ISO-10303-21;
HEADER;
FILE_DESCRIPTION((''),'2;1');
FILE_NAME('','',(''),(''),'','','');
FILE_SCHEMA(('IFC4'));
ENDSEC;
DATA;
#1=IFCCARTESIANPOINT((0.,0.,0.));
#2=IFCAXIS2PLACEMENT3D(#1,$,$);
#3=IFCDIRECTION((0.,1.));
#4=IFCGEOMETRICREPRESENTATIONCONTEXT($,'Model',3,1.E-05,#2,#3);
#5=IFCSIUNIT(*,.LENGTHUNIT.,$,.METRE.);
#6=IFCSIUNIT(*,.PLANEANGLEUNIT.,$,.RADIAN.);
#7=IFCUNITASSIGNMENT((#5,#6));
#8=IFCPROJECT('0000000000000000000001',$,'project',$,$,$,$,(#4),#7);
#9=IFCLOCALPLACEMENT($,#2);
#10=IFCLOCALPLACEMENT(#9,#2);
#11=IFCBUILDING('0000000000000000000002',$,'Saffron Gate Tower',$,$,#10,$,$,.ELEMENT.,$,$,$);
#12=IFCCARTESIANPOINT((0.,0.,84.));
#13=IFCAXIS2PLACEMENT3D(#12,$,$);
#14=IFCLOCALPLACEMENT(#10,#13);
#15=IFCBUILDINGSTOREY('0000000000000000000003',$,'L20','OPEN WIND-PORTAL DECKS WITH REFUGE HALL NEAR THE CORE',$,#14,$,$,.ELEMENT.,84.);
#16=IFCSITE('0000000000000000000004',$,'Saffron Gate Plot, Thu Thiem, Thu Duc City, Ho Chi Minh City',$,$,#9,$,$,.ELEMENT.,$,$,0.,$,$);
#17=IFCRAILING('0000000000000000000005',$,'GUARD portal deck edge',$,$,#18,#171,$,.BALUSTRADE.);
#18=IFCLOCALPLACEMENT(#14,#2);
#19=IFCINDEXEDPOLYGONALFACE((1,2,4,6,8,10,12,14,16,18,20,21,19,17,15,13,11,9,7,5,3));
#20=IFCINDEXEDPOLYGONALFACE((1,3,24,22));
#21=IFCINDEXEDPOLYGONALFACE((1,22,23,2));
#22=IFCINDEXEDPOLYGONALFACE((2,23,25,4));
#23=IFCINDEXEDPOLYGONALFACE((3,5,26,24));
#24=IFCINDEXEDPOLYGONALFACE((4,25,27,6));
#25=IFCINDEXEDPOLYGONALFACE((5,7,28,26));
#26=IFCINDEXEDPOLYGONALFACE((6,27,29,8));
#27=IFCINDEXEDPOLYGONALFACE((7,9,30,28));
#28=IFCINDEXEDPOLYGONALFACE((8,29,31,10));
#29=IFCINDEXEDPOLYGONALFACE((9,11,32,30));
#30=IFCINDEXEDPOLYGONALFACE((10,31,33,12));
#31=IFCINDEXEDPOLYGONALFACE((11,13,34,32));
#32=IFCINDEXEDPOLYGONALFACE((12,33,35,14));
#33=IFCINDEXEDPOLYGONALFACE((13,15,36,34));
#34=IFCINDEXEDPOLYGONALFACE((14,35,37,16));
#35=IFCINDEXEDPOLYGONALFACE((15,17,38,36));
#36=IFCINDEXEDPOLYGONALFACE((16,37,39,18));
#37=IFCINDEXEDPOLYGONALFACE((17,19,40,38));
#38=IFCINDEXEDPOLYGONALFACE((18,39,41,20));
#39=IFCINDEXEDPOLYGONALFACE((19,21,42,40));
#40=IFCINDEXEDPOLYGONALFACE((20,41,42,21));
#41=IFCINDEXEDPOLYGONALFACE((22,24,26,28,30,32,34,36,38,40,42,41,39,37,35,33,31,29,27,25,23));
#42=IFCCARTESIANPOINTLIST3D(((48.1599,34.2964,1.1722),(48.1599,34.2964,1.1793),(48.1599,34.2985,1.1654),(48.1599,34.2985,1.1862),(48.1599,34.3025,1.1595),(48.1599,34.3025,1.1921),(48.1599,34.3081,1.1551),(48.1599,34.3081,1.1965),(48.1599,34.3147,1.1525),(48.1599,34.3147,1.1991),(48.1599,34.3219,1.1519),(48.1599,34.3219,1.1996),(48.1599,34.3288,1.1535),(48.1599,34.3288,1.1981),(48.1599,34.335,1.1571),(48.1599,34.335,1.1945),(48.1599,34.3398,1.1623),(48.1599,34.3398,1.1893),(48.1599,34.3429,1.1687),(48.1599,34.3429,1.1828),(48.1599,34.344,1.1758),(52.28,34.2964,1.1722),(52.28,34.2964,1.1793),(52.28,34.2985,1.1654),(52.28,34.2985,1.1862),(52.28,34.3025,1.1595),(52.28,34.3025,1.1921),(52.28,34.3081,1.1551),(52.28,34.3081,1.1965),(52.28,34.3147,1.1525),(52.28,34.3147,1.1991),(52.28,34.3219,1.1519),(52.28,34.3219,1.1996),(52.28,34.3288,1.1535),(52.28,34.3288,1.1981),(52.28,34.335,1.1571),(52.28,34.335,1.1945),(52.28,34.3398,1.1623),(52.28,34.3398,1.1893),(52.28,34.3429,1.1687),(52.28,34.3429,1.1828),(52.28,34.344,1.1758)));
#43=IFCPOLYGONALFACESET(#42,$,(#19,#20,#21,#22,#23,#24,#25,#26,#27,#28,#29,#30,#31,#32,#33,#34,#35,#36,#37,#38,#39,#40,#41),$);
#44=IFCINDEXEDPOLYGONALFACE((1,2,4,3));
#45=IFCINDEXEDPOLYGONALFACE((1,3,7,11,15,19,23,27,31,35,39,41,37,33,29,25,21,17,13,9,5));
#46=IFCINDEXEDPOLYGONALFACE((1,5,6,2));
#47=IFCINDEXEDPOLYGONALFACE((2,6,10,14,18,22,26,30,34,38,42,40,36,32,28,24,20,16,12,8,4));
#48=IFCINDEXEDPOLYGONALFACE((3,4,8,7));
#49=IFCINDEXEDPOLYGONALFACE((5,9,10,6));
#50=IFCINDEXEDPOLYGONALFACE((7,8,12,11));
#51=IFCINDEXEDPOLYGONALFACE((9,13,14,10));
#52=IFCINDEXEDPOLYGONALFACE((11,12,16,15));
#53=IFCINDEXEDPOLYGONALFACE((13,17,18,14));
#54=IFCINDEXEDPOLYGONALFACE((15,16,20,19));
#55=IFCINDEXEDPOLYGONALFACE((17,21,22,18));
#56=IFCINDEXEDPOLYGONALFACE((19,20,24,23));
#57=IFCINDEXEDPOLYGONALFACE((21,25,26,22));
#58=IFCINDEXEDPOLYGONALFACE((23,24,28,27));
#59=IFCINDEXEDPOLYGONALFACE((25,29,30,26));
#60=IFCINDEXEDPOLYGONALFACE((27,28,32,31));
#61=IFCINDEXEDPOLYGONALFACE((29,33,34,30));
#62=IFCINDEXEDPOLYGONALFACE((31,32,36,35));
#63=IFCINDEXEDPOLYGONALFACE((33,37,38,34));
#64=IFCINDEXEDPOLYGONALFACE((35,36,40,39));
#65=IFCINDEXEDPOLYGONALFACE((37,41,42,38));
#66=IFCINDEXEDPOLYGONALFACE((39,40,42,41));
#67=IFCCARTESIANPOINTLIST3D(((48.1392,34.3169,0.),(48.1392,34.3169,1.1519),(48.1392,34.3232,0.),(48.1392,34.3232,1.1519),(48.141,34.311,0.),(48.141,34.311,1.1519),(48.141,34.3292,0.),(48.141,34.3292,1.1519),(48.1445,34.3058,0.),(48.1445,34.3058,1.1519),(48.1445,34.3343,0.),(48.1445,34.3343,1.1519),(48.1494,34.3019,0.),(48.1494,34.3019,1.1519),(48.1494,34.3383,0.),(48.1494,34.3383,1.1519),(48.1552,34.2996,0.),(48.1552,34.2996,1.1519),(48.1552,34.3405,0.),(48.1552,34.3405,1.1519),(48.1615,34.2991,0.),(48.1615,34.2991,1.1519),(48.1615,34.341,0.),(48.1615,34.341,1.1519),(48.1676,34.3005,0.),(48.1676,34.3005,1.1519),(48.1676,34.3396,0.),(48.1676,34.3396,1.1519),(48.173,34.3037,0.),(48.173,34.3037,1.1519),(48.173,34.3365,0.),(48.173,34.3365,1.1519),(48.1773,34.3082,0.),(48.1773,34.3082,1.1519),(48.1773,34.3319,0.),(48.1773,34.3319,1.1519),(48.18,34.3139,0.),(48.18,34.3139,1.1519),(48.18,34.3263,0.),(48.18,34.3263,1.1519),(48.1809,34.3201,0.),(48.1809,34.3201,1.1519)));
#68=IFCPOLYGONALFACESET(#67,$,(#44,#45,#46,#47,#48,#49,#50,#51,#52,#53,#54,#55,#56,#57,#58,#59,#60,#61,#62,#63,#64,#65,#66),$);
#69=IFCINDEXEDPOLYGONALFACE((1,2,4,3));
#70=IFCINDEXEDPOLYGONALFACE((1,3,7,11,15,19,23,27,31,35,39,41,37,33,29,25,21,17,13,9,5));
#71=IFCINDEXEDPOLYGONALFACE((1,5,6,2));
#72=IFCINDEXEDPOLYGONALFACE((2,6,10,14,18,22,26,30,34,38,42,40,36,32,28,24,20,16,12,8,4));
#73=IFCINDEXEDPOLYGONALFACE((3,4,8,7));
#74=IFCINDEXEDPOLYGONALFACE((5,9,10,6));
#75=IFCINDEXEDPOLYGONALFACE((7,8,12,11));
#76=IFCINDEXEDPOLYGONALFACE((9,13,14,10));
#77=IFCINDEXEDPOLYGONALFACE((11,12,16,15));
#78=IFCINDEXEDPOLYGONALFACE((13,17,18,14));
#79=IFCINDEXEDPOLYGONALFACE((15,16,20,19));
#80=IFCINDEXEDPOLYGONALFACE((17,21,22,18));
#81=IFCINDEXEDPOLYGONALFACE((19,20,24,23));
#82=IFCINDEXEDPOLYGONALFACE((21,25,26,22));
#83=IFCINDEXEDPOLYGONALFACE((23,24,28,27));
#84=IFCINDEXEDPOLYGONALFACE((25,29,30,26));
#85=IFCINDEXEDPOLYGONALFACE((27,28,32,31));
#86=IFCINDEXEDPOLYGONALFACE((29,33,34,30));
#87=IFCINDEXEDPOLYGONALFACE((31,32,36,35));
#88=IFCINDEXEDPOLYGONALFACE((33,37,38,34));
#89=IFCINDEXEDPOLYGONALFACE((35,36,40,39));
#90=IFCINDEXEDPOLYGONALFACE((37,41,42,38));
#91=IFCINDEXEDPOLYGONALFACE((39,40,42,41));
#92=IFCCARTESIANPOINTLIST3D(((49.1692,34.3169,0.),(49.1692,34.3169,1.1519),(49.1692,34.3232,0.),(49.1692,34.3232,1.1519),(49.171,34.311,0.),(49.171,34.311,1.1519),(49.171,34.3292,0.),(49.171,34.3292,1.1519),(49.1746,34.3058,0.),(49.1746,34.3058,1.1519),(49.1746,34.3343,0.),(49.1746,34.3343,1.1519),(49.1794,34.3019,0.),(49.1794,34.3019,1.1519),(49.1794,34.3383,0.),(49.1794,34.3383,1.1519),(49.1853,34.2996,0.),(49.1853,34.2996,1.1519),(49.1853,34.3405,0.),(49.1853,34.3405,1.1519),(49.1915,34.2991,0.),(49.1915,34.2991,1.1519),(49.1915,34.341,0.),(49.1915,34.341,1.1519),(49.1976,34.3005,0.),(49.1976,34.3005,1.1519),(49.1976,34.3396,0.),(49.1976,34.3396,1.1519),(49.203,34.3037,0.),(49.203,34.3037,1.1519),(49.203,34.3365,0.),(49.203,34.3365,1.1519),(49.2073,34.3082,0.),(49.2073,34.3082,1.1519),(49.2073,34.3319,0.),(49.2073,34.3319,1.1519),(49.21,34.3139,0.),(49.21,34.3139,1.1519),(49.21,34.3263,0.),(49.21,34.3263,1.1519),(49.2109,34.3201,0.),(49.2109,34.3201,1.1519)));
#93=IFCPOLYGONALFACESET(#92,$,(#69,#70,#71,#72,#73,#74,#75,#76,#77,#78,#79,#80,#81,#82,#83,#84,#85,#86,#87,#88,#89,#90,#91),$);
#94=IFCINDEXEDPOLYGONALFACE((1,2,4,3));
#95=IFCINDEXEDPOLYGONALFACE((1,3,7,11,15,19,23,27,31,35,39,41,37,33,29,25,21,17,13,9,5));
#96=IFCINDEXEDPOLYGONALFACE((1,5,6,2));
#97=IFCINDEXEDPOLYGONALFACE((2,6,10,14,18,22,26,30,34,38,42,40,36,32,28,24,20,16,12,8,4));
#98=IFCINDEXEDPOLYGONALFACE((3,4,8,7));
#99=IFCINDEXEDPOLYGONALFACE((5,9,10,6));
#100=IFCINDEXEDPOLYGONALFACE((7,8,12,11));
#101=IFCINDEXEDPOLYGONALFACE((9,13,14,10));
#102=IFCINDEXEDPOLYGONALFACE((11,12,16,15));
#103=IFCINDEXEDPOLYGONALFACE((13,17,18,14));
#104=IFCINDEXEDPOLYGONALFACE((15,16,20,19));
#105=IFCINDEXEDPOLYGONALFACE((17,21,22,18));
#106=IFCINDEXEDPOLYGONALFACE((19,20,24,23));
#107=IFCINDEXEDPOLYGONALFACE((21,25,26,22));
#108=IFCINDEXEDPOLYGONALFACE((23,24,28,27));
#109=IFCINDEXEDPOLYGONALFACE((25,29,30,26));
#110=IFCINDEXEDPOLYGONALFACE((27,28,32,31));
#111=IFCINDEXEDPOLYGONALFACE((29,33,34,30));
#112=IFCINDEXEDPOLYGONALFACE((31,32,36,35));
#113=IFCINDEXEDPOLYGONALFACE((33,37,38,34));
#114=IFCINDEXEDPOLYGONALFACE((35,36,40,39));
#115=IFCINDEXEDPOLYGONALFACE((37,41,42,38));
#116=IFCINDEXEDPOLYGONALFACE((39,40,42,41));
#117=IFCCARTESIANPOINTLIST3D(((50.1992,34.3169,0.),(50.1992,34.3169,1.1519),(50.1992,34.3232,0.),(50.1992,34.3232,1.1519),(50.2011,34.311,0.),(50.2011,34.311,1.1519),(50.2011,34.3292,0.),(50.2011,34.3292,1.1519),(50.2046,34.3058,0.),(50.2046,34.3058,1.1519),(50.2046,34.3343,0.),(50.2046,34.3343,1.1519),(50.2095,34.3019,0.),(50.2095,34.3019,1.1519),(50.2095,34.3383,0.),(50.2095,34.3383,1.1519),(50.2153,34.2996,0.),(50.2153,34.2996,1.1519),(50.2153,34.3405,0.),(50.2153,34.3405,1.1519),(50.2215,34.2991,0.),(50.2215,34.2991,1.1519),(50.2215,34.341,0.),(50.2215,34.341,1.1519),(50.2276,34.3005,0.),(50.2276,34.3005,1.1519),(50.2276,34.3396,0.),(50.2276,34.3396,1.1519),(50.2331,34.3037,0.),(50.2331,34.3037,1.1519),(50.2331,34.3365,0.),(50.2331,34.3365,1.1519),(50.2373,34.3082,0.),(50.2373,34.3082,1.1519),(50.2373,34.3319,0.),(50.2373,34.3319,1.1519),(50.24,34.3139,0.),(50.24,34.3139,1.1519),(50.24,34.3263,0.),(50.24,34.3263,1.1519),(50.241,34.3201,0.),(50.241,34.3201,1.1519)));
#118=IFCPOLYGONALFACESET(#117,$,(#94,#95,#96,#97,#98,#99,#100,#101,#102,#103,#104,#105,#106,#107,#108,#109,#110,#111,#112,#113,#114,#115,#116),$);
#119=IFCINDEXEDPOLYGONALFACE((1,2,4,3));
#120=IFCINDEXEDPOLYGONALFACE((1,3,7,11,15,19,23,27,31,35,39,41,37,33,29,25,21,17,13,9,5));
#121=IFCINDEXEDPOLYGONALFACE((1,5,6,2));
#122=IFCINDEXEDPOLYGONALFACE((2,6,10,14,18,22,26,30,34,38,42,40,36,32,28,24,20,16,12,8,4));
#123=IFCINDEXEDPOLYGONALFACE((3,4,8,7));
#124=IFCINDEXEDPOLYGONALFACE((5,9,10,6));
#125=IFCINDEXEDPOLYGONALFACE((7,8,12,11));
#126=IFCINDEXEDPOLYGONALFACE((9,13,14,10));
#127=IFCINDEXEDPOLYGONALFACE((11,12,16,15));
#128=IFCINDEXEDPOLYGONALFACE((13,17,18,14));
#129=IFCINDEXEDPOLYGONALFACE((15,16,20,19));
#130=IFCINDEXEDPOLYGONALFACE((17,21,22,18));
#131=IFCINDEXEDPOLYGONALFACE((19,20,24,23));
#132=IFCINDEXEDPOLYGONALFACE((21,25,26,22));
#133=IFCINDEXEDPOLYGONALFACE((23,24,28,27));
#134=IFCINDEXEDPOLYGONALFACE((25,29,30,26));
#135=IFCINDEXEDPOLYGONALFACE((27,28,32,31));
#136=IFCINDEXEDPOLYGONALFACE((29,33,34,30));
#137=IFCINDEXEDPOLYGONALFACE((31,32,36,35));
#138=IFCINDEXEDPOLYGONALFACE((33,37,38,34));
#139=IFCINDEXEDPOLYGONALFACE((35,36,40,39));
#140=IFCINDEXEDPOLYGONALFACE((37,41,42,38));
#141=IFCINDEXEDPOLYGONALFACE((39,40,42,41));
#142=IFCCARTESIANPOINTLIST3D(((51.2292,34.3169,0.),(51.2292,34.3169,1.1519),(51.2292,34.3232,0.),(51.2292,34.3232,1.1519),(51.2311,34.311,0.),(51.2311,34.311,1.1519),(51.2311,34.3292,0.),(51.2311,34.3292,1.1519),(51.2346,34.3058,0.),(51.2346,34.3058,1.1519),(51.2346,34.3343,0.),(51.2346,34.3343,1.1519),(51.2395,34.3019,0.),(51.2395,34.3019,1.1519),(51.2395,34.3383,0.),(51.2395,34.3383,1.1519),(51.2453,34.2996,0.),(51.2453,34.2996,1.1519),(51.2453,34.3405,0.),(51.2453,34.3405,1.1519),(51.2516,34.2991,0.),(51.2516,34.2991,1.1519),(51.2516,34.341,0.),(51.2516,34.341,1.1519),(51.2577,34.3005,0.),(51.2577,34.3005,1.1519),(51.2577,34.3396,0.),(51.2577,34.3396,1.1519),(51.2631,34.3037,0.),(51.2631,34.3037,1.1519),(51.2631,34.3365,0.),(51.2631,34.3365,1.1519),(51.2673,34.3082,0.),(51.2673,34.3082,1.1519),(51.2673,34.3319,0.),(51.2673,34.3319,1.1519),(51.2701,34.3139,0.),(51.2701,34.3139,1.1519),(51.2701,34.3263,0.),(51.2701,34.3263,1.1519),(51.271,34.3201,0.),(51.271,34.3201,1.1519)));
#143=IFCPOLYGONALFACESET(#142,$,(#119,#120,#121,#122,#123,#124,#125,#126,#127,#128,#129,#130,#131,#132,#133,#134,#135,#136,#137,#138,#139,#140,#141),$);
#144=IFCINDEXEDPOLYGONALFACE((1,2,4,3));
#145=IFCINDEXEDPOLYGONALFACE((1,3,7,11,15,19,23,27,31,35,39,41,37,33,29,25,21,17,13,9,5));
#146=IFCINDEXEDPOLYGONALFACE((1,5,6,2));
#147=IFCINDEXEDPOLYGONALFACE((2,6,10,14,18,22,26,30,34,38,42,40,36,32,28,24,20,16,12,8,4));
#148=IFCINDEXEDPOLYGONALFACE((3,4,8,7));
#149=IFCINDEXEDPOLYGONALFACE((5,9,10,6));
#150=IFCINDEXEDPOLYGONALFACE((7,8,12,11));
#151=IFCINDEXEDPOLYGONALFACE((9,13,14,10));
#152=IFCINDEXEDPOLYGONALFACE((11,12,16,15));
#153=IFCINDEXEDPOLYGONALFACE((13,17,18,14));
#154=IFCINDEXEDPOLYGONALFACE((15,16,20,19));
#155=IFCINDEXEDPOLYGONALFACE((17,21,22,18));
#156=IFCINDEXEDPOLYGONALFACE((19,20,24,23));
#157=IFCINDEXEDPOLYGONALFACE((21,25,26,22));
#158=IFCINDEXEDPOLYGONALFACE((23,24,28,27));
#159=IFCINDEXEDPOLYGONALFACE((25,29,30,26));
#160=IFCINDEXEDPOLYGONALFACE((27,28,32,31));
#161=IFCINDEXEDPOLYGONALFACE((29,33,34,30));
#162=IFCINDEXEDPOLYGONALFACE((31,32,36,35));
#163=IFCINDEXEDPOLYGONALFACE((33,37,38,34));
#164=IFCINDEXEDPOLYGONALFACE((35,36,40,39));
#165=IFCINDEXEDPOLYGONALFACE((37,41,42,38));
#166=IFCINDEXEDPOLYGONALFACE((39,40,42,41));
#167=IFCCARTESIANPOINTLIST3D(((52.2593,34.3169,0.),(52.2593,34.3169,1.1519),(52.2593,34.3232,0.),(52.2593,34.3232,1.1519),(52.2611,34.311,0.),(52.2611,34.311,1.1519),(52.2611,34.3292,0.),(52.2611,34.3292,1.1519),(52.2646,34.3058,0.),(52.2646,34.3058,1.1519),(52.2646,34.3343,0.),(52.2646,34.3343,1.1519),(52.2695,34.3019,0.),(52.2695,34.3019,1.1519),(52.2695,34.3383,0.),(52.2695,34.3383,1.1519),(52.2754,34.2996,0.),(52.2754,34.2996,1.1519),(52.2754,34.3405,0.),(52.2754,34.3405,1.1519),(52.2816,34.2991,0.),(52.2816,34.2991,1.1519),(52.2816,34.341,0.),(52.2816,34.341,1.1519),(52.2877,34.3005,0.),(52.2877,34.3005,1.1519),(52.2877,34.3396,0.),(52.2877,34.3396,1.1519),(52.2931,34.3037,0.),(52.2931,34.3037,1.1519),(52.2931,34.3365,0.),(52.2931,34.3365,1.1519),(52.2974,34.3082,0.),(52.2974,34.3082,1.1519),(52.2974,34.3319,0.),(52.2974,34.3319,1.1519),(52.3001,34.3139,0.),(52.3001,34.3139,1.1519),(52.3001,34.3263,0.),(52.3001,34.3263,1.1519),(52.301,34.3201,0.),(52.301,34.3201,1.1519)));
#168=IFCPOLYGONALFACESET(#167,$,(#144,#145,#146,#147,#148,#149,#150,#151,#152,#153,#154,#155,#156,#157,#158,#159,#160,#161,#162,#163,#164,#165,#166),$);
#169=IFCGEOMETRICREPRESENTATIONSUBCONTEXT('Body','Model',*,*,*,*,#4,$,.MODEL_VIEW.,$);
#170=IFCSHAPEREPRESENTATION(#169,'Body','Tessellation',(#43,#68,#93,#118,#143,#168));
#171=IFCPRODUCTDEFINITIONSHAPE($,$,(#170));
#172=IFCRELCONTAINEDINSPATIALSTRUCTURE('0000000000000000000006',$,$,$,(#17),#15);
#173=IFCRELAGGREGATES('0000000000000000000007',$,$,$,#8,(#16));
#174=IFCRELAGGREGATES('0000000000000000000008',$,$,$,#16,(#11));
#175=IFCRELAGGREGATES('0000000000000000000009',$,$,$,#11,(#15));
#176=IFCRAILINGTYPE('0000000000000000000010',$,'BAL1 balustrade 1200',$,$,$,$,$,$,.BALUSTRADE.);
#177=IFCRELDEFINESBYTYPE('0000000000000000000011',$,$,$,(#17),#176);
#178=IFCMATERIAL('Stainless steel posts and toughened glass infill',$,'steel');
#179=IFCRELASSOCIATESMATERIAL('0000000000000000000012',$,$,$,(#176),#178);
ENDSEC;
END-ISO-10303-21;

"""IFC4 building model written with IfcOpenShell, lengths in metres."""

from ifc_helpers import new_model, si_unit, direction, frame, origin, origin_2d, place, context, subcontext, project, spatial, circle, extrude, material, type_object, element, save


model = new_model("IFC4")

# Units and contexts
model_context = context("Model", 3, precision=1e-05, world=origin(), true_north=direction((0.0, 1.0)))
body_context = subcontext(model_context, "Body", "Model", "MODEL_VIEW")
ifc_project = project(units=[si_unit("LENGTHUNIT", "METRE"), si_unit("PLANEANGLEUNIT", "RADIAN")], contexts=[model_context])

# Site, building, storey
site_placement = place(None, origin())
site = spatial("IfcSite", under=ifc_project, at=site_placement, Name="Saffron Gate Plot, Thu Thiem, Thu Duc City, Ho Chi Minh City", CompositionType="ELEMENT", RefElevation=0.0)
building_placement = place(site_placement, origin())
building = spatial("IfcBuilding", under=site, at=building_placement, Name="Saffron Gate Tower", CompositionType="ELEMENT")
storey_placement = place(building_placement, frame((0.0, 0.0, 84.0)))
storey = spatial("IfcBuildingStorey", under=building, at=storey_placement, Name="L20", Description="OPEN WIND-PORTAL DECKS WITH REFUGE HALL NEAR THE CORE", CompositionType="ELEMENT", Elevation=84.0)

# Railing
ifc_material_1 = material(Name="Stainless steel posts and toughened glass infill", Category="steel")
railing_type = type_object("IfcRailingType", Name="BAL1 balustrade 1200", PredefinedType="BALUSTRADE", material=ifc_material_1)
railing_1_placement = place(storey_placement, frame((48.1599, 34.3201, 0.0)))
element("IfcRailing", 1, at=railing_1_placement, inside=storey, type_object=railing_type, Name="GUARD portal deck edge", PredefinedType="BALUSTRADE", context=body_context, shape_type="SweptSolid", body=[
    extrude(circle(Radius=0.0239, at=origin_2d()), frame((0.0, 0.0, 1.1758), z_axis=(1.0, 0.0, 0.0), x_axis=(0.0, 1.0, 0.0)), (0.0, 0.0, 1.0), 4.1201),
    extrude(circle(Radius=0.021, at=origin_2d()), origin(), (0.0, 0.0, 1.0), 1.1519),
    extrude(circle(Radius=0.021, at=origin_2d()), frame((1.03, 0.0, 0.0)), (0.0, 0.0, 1.0), 1.1519),
    extrude(circle(Radius=0.021, at=origin_2d()), frame((2.0601, 0.0, 0.0)), (0.0, 0.0, 1.0), 1.1519),
    extrude(circle(Radius=0.021, at=origin_2d()), frame((3.0901, 0.0, 0.0)), (0.0, 0.0, 1.0), 1.1519),
    extrude(circle(Radius=0.021, at=origin_2d()), frame((4.1201, 0.0, 0.0)), (0.0, 0.0, 1.0), 1.1519),
])

save(model, "model.ifc")
